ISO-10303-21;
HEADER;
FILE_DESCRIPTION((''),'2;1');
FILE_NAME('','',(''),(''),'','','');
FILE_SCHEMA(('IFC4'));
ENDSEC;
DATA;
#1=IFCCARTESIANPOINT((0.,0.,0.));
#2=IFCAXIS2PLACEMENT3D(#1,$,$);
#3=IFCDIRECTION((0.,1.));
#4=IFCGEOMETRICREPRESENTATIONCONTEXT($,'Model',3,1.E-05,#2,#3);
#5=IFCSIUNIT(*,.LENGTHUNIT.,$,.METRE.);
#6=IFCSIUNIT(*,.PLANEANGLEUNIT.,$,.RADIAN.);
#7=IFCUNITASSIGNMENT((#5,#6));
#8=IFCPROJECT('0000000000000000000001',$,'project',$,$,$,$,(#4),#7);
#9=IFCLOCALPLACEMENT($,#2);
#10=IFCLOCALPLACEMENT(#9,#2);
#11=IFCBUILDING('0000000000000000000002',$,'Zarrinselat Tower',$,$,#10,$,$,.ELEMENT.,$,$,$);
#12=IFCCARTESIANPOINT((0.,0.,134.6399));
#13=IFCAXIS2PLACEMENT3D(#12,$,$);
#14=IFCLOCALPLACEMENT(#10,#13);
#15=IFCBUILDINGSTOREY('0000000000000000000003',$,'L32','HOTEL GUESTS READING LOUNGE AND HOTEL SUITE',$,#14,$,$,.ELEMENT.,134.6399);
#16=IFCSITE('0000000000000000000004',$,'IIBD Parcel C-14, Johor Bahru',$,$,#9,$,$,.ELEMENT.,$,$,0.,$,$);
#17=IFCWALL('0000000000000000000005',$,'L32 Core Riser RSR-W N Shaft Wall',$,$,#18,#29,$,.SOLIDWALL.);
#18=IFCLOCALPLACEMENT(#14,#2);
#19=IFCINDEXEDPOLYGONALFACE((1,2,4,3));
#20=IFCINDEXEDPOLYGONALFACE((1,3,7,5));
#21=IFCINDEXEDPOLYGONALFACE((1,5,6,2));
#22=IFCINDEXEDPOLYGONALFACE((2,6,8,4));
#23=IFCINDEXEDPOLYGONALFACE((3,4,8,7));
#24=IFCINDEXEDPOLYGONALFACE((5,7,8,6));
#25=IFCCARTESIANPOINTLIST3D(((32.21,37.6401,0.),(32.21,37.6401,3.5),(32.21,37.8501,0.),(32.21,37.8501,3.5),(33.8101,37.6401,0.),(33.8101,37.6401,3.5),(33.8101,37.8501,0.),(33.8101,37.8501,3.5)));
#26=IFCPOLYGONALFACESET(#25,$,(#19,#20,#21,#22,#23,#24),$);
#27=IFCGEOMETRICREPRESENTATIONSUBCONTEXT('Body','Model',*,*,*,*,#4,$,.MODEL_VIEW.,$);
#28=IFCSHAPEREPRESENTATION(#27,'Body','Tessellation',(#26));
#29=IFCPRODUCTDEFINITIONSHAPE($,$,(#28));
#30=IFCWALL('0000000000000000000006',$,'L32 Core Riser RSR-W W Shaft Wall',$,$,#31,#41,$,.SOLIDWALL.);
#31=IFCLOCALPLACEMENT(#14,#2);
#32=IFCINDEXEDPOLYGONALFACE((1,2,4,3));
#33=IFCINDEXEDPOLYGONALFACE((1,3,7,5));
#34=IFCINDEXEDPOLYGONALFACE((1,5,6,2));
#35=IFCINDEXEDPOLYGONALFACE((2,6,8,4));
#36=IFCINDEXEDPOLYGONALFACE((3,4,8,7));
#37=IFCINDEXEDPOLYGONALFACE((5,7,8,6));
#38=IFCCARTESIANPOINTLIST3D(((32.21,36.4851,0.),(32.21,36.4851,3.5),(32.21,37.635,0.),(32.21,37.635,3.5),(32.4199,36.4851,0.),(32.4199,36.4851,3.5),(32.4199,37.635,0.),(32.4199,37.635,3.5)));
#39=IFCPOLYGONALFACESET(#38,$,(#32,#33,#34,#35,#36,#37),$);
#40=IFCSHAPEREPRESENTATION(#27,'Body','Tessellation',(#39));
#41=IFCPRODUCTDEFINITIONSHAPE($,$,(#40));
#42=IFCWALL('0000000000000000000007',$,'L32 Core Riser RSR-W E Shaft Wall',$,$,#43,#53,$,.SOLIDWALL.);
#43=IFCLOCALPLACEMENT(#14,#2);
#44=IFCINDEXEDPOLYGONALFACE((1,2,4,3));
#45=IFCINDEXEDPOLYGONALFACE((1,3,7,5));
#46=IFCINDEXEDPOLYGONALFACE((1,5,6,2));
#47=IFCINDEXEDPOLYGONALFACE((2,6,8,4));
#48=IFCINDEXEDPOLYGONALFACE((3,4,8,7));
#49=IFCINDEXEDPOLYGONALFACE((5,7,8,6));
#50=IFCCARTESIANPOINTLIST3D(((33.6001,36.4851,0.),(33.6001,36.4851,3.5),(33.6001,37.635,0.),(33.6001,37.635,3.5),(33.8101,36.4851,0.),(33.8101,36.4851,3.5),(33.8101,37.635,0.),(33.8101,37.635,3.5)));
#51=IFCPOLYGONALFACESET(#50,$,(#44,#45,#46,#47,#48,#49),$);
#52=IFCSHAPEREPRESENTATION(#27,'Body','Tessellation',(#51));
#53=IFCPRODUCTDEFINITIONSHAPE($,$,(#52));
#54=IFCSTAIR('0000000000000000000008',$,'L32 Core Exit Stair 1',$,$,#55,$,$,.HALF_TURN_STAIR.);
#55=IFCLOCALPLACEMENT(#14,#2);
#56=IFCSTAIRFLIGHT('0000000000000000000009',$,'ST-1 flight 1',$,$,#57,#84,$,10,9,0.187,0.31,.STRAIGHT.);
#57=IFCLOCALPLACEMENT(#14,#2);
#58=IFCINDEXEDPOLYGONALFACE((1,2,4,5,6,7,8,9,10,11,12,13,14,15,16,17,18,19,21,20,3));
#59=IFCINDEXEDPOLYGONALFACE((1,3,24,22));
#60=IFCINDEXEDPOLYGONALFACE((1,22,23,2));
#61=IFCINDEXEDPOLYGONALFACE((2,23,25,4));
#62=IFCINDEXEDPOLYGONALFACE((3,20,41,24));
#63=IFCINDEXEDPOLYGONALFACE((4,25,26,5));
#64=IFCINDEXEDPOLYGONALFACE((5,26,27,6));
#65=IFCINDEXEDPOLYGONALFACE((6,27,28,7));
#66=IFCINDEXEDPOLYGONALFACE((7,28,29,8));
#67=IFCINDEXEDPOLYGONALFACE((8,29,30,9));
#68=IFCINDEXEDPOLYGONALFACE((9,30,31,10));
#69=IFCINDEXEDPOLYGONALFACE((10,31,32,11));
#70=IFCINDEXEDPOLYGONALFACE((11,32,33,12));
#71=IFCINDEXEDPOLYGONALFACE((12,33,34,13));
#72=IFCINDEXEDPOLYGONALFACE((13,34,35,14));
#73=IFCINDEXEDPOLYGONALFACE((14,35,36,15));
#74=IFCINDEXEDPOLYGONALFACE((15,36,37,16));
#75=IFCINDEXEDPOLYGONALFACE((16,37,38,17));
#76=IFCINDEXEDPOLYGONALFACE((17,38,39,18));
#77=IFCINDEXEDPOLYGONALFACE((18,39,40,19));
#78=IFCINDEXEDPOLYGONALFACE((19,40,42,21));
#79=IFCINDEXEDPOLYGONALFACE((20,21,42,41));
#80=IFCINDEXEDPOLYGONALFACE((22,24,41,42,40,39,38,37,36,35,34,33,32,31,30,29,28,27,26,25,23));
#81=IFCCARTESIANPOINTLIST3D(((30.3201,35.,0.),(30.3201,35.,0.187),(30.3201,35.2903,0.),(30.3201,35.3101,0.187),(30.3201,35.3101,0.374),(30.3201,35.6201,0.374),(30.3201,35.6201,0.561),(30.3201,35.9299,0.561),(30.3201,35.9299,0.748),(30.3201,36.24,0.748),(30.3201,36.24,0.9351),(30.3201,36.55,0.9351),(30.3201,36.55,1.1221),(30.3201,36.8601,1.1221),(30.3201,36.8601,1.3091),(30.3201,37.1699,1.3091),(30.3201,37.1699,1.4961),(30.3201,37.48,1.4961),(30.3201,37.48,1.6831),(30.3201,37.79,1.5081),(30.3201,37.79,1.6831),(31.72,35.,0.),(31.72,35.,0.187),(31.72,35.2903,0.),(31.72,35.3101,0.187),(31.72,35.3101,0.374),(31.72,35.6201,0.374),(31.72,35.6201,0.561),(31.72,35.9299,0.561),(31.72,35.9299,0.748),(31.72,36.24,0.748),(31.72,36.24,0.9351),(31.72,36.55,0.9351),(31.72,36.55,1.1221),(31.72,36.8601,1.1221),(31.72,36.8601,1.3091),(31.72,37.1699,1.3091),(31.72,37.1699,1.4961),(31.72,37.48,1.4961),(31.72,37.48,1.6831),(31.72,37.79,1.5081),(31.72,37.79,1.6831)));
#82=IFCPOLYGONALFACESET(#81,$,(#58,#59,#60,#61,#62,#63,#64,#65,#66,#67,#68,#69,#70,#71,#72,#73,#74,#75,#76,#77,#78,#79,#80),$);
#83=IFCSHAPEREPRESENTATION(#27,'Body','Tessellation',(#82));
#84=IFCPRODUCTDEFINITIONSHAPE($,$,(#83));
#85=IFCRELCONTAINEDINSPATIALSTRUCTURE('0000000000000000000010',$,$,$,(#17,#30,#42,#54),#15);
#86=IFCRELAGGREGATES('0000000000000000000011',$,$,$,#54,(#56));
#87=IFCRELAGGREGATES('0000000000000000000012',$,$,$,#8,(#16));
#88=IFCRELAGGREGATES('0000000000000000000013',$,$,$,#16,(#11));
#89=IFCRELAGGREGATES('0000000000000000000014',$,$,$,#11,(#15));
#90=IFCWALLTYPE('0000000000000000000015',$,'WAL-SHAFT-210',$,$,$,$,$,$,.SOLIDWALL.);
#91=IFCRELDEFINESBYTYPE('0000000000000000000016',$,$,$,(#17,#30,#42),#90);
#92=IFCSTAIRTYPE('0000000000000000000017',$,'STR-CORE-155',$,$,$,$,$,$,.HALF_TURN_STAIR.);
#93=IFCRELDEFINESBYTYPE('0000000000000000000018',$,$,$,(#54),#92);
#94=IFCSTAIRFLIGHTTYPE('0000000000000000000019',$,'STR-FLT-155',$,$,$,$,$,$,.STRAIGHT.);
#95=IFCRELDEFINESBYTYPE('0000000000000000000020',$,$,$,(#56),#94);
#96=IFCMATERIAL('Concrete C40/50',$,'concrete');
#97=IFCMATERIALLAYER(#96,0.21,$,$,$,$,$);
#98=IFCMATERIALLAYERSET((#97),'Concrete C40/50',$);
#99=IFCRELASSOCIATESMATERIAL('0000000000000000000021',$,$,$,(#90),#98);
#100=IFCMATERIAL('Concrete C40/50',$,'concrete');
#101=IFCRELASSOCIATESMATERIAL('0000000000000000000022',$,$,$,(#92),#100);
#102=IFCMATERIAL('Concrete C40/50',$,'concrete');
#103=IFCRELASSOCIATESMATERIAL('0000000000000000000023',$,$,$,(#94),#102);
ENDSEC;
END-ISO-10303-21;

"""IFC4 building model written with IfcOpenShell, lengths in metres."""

from ifc_helpers import new_model, si_unit, direction, frame, frame_2d, origin, place, context, subcontext, project, spatial, polyline, rectangle, outline, extrude, material, layer, layer_set, type_object, element, aggregate, save


model = new_model("IFC4")

# Units and contexts
model_context = context("Model", 3, precision=1e-05, world=origin(), true_north=direction((0.0, 1.0)))
body_context = subcontext(model_context, "Body", "Model", "MODEL_VIEW")
ifc_project = project(units=[si_unit("LENGTHUNIT", "METRE"), si_unit("PLANEANGLEUNIT", "RADIAN")], contexts=[model_context])

# Site, building, storey
site_placement = place(None, origin())
site = spatial("IfcSite", under=ifc_project, at=site_placement, Name="IIBD Parcel C-14, Johor Bahru", CompositionType="ELEMENT", RefElevation=0.0)
building_placement = place(site_placement, origin())
building = spatial("IfcBuilding", under=site, at=building_placement, Name="Zarrinselat Tower", CompositionType="ELEMENT")
storey_placement = place(building_placement, frame((0.0, 0.0, 134.6399)))
storey = spatial("IfcBuildingStorey", under=building, at=storey_placement, Name="L32", Description="HOTEL GUESTS READING LOUNGE AND HOTEL SUITE", CompositionType="ELEMENT", Elevation=134.6399)

# Shared definitions
ifc_material_1 = material(Name="Concrete C40/50", Category="concrete")
ifc_layer_1 = layer(ifc_material_1, 0.21)
ifc_layer_set_1 = layer_set([ifc_layer_1], Name="Concrete C40/50")
wall_type_1 = type_object("IfcWallType", Name="WAL-SHAFT-210", PredefinedType="SOLIDWALL", material=ifc_layer_set_1)

# Walls
for number, where, z_axis, x_axis, name in (
    (1, (32.21, 37.7451, 0.0), (0.0, 0.0, 1.0), (1.0, 0.0, 0.0), "L32 Core Riser RSR-W N Shaft Wall"),
):
    element("IfcWall", number, at=place(storey_placement, frame(where, z_axis=z_axis, x_axis=x_axis)), inside=storey, type_object=wall_type_1, Name=name, PredefinedType="SOLIDWALL", context=body_context, shape_type="SweptSolid", body=[
        extrude(rectangle(XDim=1.6001, YDim=0.21, at=frame_2d((0.8, 0.0))), origin(), (0.0, 0.0, 1.0), 3.5),
    ])
for number, where, z_axis, x_axis, name in (
    (2, (32.3149, 36.4851, 0.0), (0.0, 0.0, 1.0), (0.0, 1.0, 0.0), "L32 Core Riser RSR-W W Shaft Wall"),
    (3, (33.7051, 36.4851, 0.0), (0.0, 0.0, 1.0), (0.0, 1.0, 0.0), "L32 Core Riser RSR-W E Shaft Wall"),
):
    element("IfcWall", number, at=place(storey_placement, frame(where, z_axis=z_axis, x_axis=x_axis)), inside=storey, type_object=wall_type_1, Name=name, PredefinedType="SOLIDWALL", context=body_context, shape_type="SweptSolid", body=[
        extrude(rectangle(XDim=1.1499, YDim=0.21, at=frame_2d((0.575, 0.0))), origin(), (0.0, 0.0, 1.0), 3.5),
    ])

# Stair, stair flight
ifc_material_2 = material(Name="Concrete C40/50", Category="concrete")
stair_type = type_object("IfcStairType", Name="STR-CORE-155", PredefinedType="HALF_TURN_STAIR", material=ifc_material_2)
stair_placement = place(storey_placement, origin())
stair = element("IfcStair", 4, at=stair_placement, inside=storey, type_object=stair_type, Name="L32 Core Exit Stair 1", PredefinedType="HALF_TURN_STAIR")
ifc_material_3 = material(Name="Concrete C40/50", Category="concrete")
stair_flight_type = type_object("IfcStairFlightType", Name="STR-FLT-155", PredefinedType="STRAIGHT", material=ifc_material_3)
stair_flight_placement = place(storey_placement, frame((31.02, 35.0, 0.0), z_axis=(0.0, 0.0, 1.0), x_axis=(0.0, 1.0, 0.0)))
stair_flight = element("IfcStairFlight", 5, at=stair_flight_placement, type_object=stair_flight_type, Name="ST-1 flight 1", NumberOfRisers=10, NumberOfTreads=9, PredefinedType="STRAIGHT", RiserHeight=0.187, TreadLength=0.31, context=body_context, shape_type="SweptSolid", body=[
    extrude(outline(polyline([(0.0, 0.0), (0.0, 0.187), (0.3101, 0.187), (0.3101, 0.374), (0.6201, 0.374), (0.6201, 0.561), (0.9299, 0.561), (0.9299, 0.748), (1.24, 0.748), (1.24, 0.9351), (1.55, 0.9351), (1.55, 1.1221), (1.8601, 1.1221), (1.8601, 1.3091), (2.1699, 1.3091), (2.1699, 1.4961), (2.48, 1.4961), (2.48, 1.6831), (2.79, 1.6831), (2.79, 1.8701), (2.79, 1.5081), (0.2903, 0.0), (0.0, 0.0)])), frame((0.0, 0.7, 0.0), z_axis=(0.0, -1.0, 0.0), x_axis=(1.0, 0.0, 0.0)), (0.0, 0.0, 1.0), 1.3999),
])
aggregate(stair, [stair_flight])

save(model, "model.ifc")
